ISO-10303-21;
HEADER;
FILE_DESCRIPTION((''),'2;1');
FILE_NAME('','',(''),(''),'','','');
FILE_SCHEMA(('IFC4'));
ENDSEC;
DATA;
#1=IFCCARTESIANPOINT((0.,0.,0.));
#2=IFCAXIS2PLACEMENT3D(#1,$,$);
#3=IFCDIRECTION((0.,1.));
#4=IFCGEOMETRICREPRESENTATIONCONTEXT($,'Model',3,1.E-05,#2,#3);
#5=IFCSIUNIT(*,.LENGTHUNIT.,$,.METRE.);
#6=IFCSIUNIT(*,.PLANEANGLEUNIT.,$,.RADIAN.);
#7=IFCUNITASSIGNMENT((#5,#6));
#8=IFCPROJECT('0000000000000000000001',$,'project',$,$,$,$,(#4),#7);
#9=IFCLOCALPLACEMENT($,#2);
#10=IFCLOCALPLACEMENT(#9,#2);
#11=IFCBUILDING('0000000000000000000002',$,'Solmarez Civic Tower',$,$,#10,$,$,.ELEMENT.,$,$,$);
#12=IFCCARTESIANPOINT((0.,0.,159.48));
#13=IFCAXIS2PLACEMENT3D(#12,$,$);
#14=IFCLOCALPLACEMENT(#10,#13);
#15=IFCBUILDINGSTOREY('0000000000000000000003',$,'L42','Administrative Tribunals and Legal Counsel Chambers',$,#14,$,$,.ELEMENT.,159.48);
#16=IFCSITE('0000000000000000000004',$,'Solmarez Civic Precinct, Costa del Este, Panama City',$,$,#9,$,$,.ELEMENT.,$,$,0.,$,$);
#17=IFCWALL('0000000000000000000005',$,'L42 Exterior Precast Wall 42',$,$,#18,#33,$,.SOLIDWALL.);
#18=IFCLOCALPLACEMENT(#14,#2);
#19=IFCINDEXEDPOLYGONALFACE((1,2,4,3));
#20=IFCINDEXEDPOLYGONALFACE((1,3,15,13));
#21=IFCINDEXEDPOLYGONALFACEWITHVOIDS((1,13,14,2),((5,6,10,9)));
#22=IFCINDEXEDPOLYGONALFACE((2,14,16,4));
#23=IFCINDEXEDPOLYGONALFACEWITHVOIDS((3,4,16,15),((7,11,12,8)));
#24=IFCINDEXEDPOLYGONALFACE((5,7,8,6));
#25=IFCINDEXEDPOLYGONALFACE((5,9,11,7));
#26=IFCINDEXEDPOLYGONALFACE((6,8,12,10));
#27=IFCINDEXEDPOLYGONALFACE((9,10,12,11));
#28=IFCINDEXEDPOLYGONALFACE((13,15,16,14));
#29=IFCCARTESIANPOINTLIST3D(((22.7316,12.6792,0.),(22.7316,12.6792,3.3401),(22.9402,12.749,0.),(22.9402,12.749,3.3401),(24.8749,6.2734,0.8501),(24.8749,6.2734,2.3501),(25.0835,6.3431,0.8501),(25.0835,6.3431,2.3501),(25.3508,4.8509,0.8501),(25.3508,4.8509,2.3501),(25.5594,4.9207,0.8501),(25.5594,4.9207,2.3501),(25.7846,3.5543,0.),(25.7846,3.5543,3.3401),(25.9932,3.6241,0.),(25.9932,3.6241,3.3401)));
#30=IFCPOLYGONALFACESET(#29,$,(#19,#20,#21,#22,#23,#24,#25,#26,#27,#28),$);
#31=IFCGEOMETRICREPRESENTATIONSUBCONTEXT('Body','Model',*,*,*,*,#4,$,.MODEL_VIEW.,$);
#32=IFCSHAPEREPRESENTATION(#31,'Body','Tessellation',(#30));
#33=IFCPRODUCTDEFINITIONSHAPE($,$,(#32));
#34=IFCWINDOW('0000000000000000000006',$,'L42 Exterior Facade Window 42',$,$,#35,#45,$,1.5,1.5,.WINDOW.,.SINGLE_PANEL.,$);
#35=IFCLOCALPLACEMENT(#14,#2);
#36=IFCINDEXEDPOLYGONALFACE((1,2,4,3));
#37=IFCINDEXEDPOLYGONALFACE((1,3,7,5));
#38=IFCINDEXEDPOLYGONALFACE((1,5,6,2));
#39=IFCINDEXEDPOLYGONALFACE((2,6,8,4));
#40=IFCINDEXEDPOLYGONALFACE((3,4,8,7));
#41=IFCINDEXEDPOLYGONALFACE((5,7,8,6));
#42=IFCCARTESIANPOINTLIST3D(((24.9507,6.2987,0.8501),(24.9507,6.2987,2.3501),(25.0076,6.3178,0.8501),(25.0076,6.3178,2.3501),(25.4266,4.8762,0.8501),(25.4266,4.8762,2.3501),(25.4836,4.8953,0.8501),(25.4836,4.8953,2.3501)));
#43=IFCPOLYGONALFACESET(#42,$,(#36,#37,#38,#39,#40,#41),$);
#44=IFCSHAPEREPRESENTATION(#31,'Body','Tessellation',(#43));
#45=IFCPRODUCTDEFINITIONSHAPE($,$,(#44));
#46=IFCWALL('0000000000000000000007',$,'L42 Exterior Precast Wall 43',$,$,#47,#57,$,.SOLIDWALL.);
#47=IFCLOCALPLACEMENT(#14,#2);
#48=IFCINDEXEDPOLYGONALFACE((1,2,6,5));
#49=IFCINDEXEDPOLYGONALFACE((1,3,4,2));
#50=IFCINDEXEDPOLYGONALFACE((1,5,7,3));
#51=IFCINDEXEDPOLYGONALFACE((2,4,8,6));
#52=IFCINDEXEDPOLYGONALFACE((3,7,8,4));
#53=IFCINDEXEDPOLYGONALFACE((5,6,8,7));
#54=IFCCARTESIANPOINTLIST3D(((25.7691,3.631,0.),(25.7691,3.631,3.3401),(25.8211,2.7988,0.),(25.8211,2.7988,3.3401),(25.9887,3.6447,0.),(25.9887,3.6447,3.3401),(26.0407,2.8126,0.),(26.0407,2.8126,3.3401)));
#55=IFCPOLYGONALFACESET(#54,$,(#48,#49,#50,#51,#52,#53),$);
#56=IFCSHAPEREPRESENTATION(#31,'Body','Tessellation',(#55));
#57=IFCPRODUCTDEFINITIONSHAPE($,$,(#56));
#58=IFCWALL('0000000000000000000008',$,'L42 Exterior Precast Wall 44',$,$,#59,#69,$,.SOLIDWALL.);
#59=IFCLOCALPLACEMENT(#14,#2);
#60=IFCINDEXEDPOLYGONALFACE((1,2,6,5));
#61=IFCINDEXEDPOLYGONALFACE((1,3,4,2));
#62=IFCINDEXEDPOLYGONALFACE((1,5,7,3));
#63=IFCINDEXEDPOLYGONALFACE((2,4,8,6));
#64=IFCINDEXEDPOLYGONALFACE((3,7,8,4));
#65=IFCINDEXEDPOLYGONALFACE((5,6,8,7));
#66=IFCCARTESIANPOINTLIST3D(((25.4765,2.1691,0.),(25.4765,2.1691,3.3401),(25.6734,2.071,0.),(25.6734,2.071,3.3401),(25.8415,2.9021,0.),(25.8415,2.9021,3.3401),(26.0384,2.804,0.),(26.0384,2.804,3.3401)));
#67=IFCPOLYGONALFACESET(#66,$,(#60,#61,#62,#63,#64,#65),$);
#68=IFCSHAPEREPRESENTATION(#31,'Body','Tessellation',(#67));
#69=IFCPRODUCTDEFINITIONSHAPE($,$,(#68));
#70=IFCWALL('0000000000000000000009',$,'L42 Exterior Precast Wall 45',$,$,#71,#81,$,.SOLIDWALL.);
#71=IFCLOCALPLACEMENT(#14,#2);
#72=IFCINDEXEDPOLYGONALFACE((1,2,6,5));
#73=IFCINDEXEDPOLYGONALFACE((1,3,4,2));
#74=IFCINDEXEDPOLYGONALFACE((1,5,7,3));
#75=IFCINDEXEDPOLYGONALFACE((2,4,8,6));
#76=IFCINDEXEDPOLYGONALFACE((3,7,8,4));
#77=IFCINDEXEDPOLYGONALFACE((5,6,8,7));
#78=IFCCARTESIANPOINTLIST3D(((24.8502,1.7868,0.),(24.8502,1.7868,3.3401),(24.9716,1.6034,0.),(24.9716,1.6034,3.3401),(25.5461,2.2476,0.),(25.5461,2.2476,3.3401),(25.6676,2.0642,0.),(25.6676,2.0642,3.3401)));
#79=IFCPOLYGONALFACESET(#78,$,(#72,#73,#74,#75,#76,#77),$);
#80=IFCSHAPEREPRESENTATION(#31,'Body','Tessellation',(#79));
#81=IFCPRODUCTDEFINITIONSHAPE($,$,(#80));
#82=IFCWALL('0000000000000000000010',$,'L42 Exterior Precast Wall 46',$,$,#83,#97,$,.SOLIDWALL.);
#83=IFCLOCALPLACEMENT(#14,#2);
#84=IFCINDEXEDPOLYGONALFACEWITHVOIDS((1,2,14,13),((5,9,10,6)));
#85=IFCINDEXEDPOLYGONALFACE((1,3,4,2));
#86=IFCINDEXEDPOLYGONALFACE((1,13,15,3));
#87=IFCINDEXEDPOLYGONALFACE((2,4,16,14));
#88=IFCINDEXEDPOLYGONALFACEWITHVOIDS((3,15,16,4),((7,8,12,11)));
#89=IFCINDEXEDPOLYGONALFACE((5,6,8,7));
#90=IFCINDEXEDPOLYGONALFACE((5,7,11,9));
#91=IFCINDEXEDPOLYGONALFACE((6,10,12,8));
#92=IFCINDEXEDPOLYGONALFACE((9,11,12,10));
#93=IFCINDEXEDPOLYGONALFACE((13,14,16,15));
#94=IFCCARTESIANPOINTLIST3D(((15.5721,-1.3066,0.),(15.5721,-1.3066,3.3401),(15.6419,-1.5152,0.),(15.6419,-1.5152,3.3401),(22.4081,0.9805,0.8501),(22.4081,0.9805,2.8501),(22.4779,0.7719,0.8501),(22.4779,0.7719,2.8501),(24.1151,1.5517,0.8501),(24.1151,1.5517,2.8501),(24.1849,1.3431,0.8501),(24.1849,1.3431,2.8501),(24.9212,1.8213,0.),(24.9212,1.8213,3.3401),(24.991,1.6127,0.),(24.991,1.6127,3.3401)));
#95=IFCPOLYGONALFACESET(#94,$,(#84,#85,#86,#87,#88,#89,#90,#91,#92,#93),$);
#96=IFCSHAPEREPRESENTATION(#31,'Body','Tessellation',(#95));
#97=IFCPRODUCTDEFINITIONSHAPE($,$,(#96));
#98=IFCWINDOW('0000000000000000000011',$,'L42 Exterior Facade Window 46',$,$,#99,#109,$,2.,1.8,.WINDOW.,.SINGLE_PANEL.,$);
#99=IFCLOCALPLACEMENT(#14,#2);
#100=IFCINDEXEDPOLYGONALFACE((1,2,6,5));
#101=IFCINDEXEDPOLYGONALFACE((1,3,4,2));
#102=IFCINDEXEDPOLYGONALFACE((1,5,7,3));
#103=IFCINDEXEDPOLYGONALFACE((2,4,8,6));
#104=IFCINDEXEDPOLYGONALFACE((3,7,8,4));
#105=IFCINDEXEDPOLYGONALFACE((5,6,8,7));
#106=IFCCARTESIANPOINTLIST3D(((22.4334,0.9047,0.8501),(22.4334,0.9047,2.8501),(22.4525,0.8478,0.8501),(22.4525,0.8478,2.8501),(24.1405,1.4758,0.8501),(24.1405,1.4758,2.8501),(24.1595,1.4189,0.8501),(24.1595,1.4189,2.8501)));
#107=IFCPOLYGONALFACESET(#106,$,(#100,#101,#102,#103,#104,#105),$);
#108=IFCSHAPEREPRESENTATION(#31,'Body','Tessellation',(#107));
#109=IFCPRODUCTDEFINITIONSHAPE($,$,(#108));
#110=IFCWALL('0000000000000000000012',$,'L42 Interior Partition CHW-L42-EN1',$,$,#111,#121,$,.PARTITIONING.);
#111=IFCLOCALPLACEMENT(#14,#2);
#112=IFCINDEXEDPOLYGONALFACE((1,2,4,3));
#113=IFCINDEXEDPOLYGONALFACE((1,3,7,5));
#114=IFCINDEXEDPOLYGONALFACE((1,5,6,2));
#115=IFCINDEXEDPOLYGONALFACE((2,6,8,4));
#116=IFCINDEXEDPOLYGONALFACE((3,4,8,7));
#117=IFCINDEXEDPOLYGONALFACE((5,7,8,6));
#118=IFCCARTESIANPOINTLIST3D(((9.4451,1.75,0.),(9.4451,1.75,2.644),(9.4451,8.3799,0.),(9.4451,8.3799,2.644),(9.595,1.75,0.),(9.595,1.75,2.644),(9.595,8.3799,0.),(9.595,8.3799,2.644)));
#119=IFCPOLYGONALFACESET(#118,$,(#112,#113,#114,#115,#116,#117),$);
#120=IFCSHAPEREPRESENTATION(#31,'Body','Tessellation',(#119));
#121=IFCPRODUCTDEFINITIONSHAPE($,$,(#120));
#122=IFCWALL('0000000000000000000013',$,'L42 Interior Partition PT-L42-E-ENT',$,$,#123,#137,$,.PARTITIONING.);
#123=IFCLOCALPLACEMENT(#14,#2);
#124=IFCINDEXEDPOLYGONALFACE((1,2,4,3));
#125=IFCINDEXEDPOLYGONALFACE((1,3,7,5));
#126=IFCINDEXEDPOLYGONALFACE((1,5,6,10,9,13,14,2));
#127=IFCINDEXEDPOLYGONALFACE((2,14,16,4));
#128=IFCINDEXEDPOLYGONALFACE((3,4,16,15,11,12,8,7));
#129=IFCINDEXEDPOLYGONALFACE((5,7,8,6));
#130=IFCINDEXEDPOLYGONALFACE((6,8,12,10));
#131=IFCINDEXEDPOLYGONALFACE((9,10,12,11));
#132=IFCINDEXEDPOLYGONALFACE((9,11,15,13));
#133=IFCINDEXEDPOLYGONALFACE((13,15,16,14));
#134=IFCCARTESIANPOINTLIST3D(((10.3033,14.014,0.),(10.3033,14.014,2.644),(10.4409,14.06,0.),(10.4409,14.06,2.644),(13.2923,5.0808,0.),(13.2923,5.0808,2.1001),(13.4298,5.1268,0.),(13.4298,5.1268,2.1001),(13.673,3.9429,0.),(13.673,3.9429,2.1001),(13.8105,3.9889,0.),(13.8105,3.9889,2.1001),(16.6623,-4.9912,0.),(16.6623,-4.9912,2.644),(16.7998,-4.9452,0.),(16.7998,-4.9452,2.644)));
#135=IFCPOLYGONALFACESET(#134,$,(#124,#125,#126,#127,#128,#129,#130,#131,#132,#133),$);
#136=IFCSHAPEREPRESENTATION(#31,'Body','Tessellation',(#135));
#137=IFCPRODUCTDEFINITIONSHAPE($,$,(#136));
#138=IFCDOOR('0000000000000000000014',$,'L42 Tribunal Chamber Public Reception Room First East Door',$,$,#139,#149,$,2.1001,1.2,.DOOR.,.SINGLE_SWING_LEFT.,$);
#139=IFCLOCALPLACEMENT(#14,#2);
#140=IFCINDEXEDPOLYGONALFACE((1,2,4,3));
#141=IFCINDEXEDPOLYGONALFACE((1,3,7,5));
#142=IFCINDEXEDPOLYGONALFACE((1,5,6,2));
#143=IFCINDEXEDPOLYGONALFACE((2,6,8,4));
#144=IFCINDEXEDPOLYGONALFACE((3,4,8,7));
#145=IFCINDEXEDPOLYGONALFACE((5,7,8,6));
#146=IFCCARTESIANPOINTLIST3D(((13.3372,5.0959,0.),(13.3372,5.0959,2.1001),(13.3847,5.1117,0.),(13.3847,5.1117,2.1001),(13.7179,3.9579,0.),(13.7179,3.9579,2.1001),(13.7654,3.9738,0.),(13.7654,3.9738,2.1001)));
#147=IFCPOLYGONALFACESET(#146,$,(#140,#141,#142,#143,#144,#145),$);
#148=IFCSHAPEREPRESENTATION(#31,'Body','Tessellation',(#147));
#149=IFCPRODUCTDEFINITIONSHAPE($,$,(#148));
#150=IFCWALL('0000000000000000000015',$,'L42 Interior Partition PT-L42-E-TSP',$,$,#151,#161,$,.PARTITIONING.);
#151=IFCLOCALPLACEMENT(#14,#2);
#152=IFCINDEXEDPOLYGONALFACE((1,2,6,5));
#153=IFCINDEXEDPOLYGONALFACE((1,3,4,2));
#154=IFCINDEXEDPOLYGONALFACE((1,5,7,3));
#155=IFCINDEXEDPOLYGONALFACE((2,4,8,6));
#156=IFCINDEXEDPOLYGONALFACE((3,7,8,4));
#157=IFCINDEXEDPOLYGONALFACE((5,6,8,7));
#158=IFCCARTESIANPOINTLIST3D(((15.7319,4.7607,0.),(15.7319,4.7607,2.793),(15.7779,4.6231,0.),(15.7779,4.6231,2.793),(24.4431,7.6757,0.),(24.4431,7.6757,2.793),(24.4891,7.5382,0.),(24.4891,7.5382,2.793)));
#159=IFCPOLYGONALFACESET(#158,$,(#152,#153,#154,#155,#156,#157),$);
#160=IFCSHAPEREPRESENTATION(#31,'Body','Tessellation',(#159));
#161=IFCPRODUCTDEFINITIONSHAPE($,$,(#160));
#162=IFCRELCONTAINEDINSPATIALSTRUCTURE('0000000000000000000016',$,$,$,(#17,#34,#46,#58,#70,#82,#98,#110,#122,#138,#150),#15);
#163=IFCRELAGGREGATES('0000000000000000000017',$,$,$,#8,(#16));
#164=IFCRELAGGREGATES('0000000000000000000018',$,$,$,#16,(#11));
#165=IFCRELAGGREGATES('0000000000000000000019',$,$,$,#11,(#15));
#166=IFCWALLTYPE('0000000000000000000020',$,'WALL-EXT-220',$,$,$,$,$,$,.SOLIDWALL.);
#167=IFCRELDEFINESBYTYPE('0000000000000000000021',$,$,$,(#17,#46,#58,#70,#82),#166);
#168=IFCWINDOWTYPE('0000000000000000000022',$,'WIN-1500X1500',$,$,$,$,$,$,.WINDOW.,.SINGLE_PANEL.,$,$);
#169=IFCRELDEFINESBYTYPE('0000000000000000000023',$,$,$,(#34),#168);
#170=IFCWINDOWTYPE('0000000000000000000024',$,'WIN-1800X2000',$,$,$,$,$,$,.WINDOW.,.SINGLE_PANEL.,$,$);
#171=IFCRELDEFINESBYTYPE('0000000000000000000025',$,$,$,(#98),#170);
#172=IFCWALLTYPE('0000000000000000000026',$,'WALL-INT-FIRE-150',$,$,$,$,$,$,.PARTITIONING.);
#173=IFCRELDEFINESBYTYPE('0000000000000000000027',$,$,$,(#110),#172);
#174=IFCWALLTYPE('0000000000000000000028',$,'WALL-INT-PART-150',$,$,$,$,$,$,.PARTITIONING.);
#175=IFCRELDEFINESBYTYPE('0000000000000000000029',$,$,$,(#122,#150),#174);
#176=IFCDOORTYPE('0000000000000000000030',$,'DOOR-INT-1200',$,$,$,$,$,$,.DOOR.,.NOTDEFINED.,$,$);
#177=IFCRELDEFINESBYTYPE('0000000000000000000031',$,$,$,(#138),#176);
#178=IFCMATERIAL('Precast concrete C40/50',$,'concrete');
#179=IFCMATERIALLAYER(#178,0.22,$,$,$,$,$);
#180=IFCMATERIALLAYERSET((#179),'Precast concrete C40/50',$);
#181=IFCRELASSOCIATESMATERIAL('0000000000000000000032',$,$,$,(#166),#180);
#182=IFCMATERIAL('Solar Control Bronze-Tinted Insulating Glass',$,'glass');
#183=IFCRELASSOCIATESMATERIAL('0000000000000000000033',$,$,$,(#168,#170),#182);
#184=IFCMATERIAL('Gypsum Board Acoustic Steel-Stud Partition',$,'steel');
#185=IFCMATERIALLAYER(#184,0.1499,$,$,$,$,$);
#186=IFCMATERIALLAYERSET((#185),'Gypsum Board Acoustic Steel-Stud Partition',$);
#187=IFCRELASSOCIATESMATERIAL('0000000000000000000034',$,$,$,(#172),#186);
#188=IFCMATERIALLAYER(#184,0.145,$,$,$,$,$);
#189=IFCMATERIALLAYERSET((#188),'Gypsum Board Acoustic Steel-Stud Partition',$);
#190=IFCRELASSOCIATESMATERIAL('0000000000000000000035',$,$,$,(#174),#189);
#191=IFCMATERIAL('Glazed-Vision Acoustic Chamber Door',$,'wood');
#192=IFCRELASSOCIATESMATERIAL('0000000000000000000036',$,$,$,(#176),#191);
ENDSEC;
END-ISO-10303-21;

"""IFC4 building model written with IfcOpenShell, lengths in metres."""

from ifc_helpers import new_model, si_unit, direction, frame, frame_2d, origin, place, context, subcontext, project, spatial, rectangle, extrude, material, layer, layer_set, type_object, element, fill, save


model = new_model("IFC4")

# Units and contexts
model_context = context("Model", 3, precision=1e-05, world=origin(), true_north=direction((0.0, 1.0)))
body_context = subcontext(model_context, "Body", "Model", "MODEL_VIEW")
ifc_project = project(units=[si_unit("LENGTHUNIT", "METRE"), si_unit("PLANEANGLEUNIT", "RADIAN")], contexts=[model_context])

# Site, building, storey
site_placement = place(None, origin())
site = spatial("IfcSite", under=ifc_project, at=site_placement, Name="Solmarez Civic Precinct, Costa del Este, Panama City", CompositionType="ELEMENT", RefElevation=0.0)
building_placement = place(site_placement, origin())
building = spatial("IfcBuilding", under=site, at=building_placement, Name="Solmarez Civic Tower", CompositionType="ELEMENT")
storey_placement = place(building_placement, frame((0.0, 0.0, 159.48)))
storey = spatial("IfcBuildingStorey", under=building, at=storey_placement, Name="L42", Description="Administrative Tribunals and Legal Counsel Chambers", CompositionType="ELEMENT", Elevation=159.48)

# Shared definitions
ifc_material_1 = material(Name="Precast concrete C40/50", Category="concrete")
ifc_layer_1 = layer(ifc_material_1, 0.22)
ifc_layer_set_1 = layer_set([ifc_layer_1], Name="Precast concrete C40/50")
wall_type_1 = type_object("IfcWallType", Name="WALL-EXT-220", PredefinedType="SOLIDWALL", material=ifc_layer_set_1)

# Shared definitions
ifc_material_2 = material(Name="Solar Control Bronze-Tinted Insulating Glass", Category="glass")

# Wall, opening, window
wall_1_placement = place(storey_placement, frame((22.8359, 12.7141, 0.0), z_axis=(0.0, 0.0, 1.0), x_axis=(0.317286, -0.94833, 0.0)))
wall_1 = element("IfcWall", 1, at=wall_1_placement, inside=storey, type_object=wall_type_1, Name="L42 Exterior Precast Wall 42", PredefinedType="SOLIDWALL", context=body_context, shape_type="SweptSolid", body=[
    extrude(rectangle(XDim=9.6221, YDim=0.22, at=frame_2d((4.811, 0.0))), origin(), (0.0, 0.0, 1.0), 3.3401),
])
opening_1_placement = place(wall_1_placement, frame((6.7549, 0.0, 0.8501)))
opening_1 = element("IfcOpeningElement", 2, at=opening_1_placement, cuts=wall_1, PredefinedType="OPENING", context=body_context, shape_type="SweptSolid", body=[
    extrude(rectangle(XDim=1.5, YDim=1.5, at=frame_2d((0.75, 0.75))), frame((0.0, 0.1199, 0.0), z_axis=(0.0, -1.0, 0.0), x_axis=(1.0, 0.0, 0.0)), (0.0, 0.0, 1.0), 0.24),
])
window_type_1 = type_object("IfcWindowType", Name="WIN-1500X1500", PartitioningType="SINGLE_PANEL", PredefinedType="WINDOW", material=ifc_material_2)
window_1_placement = place(opening_1_placement, origin())
window_1 = element("IfcWindow", 3, at=window_1_placement, inside=storey, type_object=window_type_1, Name="L42 Exterior Facade Window 42", OverallHeight=1.5, OverallWidth=1.5, PartitioningType="SINGLE_PANEL", PredefinedType="WINDOW", context=body_context, shape_type="SweptSolid", body=[
    extrude(rectangle(XDim=1.5, YDim=1.5, at=frame_2d((0.75, 0.75))), frame((0.0, 0.03, 0.0), z_axis=(0.0, -1.0, 0.0), x_axis=(1.0, 0.0, 0.0)), (0.0, 0.0, 1.0), 0.0601),
])
fill(opening_1, window_1)

# Walls
wall_2_placement = place(storey_placement, frame((25.8789, 3.6379, 0.0), z_axis=(0.0, 0.0, 1.0), x_axis=(0.062378, -0.998053, 0.0)))
element("IfcWall", 4, at=wall_2_placement, inside=storey, type_object=wall_type_1, Name="L42 Exterior Precast Wall 43", PredefinedType="SOLIDWALL", context=body_context, shape_type="SweptSolid", body=[
    extrude(rectangle(XDim=0.8337, YDim=0.22, at=frame_2d((0.417, 0.0))), origin(), (0.0, 0.0, 1.0), 3.3401),
])
wall_3_placement = place(storey_placement, frame((25.9399, 2.853, 0.0), z_axis=(0.0, 0.0, 1.0), x_axis=(-0.445782, -0.895142, 0.0)))
element("IfcWall", 5, at=wall_3_placement, inside=storey, type_object=wall_type_1, Name="L42 Exterior Precast Wall 44", PredefinedType="SOLIDWALL", context=body_context, shape_type="SweptSolid", body=[
    extrude(rectangle(XDim=0.8188, YDim=0.22, at=frame_2d((0.4094, 0.0))), origin(), (0.0, 0.0, 1.0), 3.3401),
])
wall_4_placement = place(storey_placement, frame((25.6069, 2.156, 0.0), z_axis=(0.0, 0.0, 1.0), x_axis=(-0.833756, -0.552133, 0.0)))
element("IfcWall", 6, at=wall_4_placement, inside=storey, type_object=wall_type_1, Name="L42 Exterior Precast Wall 45", PredefinedType="SOLIDWALL", context=body_context, shape_type="SweptSolid", body=[
    extrude(rectangle(XDim=0.8347, YDim=0.22, at=frame_2d((0.4175, 0.0))), origin(), (0.0, 0.0, 1.0), 3.3401),
])

# Wall, opening, window
wall_5_placement = place(storey_placement, frame((24.9561, 1.717, 0.0), z_axis=(0.0, 0.0, 1.0), x_axis=(-0.948331, -0.317283, 0.0)))
wall_5 = element("IfcWall", 7, at=wall_5_placement, inside=storey, type_object=wall_type_1, Name="L42 Exterior Precast Wall 46", PredefinedType="SOLIDWALL", context=body_context, shape_type="SweptSolid", body=[
    extrude(rectangle(XDim=9.8584, YDim=0.22, at=frame_2d((4.9292, 0.0))), origin(), (0.0, 0.0, 1.0), 3.3401),
])
opening_2_placement = place(wall_5_placement, frame((0.8501, 0.0, 0.8501)))
opening_2 = element("IfcOpeningElement", 8, at=opening_2_placement, cuts=wall_5, PredefinedType="OPENING", context=body_context, shape_type="SweptSolid", body=[
    extrude(rectangle(XDim=1.8, YDim=2.0, at=frame_2d((0.8999, 1.0))), frame((0.0, 0.1199, 0.0), z_axis=(0.0, -1.0, 0.0), x_axis=(1.0, 0.0, 0.0)), (0.0, 0.0, 1.0), 0.24),
])
window_type_2 = type_object("IfcWindowType", Name="WIN-1800X2000", PartitioningType="SINGLE_PANEL", PredefinedType="WINDOW", material=ifc_material_2)
window_2_placement = place(opening_2_placement, origin())
window_2 = element("IfcWindow", 9, at=window_2_placement, inside=storey, type_object=window_type_2, Name="L42 Exterior Facade Window 46", OverallHeight=2.0, OverallWidth=1.8, PartitioningType="SINGLE_PANEL", PredefinedType="WINDOW", context=body_context, shape_type="SweptSolid", body=[
    extrude(rectangle(XDim=1.8, YDim=2.0, at=frame_2d((0.8999, 1.0))), frame((0.0, 0.03, 0.0), z_axis=(0.0, -1.0, 0.0), x_axis=(1.0, 0.0, 0.0)), (0.0, 0.0, 1.0), 0.0601),
])
fill(opening_2, window_2)

# Wall
ifc_material_3 = material(Name="Gypsum Board Acoustic Steel-Stud Partition", Category="steel")
ifc_layer_2 = layer(ifc_material_3, 0.1499)
ifc_layer_set_2 = layer_set([ifc_layer_2], Name="Gypsum Board Acoustic Steel-Stud Partition")
wall_type_2 = type_object("IfcWallType", Name="WALL-INT-FIRE-150", PredefinedType="PARTITIONING", material=ifc_layer_set_2)
wall_6_placement = place(storey_placement, frame((9.52, 1.75, 0.0), z_axis=(0.0, 0.0, 1.0), x_axis=(0.0, 1.0, 0.0)))
element("IfcWall", 10, at=wall_6_placement, inside=storey, type_object=wall_type_2, Name="L42 Interior Partition CHW-L42-EN1", PredefinedType="PARTITIONING", context=body_context, shape_type="SweptSolid", body=[
    extrude(rectangle(XDim=6.6299, YDim=0.1499, at=frame_2d((3.3149, 0.0))), origin(), (0.0, 0.0, 1.0), 2.644),
])

# Wall, opening, door
ifc_layer_3 = layer(ifc_material_3, 0.145)
ifc_layer_set_3 = layer_set([ifc_layer_3], Name="Gypsum Board Acoustic Steel-Stud Partition")
wall_type_3 = type_object("IfcWallType", Name="WALL-INT-PART-150", PredefinedType="PARTITIONING", material=ifc_layer_set_3)
wall_7_placement = place(storey_placement, frame((10.3721, 14.0371, 0.0), z_axis=(0.0, 0.0, 1.0), x_axis=(0.317298, -0.948326, 0.0)))
wall_7 = element("IfcWall", 11, at=wall_7_placement, inside=storey, type_object=wall_type_3, Name="L42 Interior Partition PT-L42-E-ENT", PredefinedType="PARTITIONING", context=body_context, shape_type="SweptSolid", body=[
    extrude(rectangle(XDim=20.0408, YDim=0.145, at=frame_2d((10.0205, 0.0))), origin(), (0.0, 0.0, 1.0), 2.644),
])
opening_3_placement = place(wall_7_placement, frame((9.4199, 0.0, 0.0)))
opening_3 = element("IfcOpeningElement", 12, at=opening_3_placement, cuts=wall_7, PredefinedType="OPENING", context=body_context, shape_type="SweptSolid", body=[
    extrude(rectangle(XDim=1.2, YDim=2.1001, at=frame_2d((0.6001, 1.05))), frame((0.0, 0.0825, 0.0), z_axis=(0.0, -1.0, 0.0), x_axis=(1.0, 0.0, 0.0)), (0.0, 0.0, 1.0), 0.165),
])
ifc_material_4 = material(Name="Glazed-Vision Acoustic Chamber Door", Category="wood")
door_type = type_object("IfcDoorType", Name="DOOR-INT-1200", OperationType="NOTDEFINED", PredefinedType="DOOR", material=ifc_material_4)
door_placement = place(opening_3_placement, origin())
door = element("IfcDoor", 13, at=door_placement, inside=storey, type_object=door_type, Name="L42 Tribunal Chamber Public Reception Room First East Door", OperationType="SINGLE_SWING_LEFT", OverallHeight=2.1001, OverallWidth=1.2, PredefinedType="DOOR", context=body_context, shape_type="SweptSolid", body=[
    extrude(rectangle(XDim=1.2, YDim=2.1001, at=frame_2d((0.6001, 1.05))), frame((0.0, 0.0249, 0.0), z_axis=(0.0, -1.0, 0.0), x_axis=(1.0, 0.0, 0.0)), (0.0, 0.0, 1.0), 0.05),
])
fill(opening_3, door)

# Wall
wall_8_placement = place(storey_placement, frame((15.7549, 4.6919, 0.0), z_axis=(0.0, 0.0, 1.0), x_axis=(0.948313, 0.317336, 0.0)))
element("IfcWall", 14, at=wall_8_placement, inside=storey, type_object=wall_type_3, Name="L42 Interior Partition PT-L42-E-TSP", PredefinedType="PARTITIONING", context=body_context, shape_type="SweptSolid", body=[
    extrude(rectangle(XDim=9.186, YDim=0.145, at=frame_2d((4.593, 0.0))), origin(), (0.0, 0.0, 1.0), 2.793),
])

save(model, "model.ifc")
